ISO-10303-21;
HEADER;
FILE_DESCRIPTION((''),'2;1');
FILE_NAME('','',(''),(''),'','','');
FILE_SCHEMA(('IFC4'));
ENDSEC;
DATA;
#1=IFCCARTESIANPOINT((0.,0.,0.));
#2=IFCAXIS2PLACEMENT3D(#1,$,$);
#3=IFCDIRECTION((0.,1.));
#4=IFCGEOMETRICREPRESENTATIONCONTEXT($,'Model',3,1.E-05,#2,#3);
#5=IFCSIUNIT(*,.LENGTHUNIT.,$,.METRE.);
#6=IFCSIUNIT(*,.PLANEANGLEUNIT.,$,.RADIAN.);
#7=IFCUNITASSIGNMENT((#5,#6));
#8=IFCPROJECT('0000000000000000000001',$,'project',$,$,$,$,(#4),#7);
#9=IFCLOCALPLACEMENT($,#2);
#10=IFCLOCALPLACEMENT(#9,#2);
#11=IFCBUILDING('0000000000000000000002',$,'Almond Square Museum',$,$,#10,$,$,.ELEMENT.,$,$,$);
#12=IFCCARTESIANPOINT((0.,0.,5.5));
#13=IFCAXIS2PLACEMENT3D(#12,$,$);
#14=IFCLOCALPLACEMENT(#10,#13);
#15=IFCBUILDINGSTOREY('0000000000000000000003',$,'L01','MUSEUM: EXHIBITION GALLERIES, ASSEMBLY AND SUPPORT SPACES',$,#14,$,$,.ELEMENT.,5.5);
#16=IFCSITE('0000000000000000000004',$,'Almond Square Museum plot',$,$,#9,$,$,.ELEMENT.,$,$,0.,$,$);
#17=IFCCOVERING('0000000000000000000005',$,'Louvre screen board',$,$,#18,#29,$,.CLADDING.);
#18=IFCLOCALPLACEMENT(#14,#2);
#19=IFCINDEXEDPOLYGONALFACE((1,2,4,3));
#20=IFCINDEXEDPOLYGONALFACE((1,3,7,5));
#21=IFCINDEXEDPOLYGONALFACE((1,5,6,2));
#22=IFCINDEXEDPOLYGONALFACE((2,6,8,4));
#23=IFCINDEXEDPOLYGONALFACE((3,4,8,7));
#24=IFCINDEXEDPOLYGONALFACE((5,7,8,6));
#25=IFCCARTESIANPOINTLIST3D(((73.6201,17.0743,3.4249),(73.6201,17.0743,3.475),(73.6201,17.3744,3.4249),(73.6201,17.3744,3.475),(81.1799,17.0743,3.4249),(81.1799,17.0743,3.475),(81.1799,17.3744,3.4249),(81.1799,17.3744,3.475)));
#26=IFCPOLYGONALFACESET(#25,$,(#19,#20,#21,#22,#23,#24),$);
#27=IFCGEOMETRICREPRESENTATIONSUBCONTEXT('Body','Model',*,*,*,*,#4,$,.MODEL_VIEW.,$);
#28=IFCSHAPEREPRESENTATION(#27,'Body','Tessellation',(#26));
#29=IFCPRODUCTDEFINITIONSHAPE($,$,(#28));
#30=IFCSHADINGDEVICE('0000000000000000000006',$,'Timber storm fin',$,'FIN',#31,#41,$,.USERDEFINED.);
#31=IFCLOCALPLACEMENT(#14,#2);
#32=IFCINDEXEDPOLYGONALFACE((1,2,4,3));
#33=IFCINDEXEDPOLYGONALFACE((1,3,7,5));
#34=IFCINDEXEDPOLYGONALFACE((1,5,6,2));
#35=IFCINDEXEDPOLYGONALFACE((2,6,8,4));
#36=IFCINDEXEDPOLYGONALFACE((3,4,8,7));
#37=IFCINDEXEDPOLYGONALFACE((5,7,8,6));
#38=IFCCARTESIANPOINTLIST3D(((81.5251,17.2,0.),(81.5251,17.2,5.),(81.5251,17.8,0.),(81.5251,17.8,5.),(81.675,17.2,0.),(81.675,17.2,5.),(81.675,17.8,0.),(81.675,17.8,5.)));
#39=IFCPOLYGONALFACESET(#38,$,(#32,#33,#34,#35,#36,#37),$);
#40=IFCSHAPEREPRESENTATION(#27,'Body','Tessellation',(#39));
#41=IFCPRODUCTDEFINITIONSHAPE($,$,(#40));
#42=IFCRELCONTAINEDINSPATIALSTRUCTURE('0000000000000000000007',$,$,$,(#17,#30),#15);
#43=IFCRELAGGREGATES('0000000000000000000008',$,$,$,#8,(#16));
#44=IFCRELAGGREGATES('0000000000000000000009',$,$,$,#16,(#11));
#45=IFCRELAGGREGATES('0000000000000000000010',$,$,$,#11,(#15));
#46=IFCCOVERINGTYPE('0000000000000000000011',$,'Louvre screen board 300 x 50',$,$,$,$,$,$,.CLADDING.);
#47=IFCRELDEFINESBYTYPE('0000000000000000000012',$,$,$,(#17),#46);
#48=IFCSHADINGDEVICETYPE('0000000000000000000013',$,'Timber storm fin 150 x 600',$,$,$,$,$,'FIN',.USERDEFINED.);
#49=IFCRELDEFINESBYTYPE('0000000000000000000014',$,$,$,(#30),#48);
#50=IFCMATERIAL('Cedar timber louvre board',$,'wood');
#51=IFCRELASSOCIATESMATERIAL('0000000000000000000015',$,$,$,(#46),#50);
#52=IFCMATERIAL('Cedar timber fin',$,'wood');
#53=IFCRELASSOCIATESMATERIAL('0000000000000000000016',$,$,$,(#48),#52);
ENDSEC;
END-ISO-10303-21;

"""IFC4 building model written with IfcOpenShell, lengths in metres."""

from ifc_helpers import new_model, si_unit, direction, frame, origin, origin_2d, place, context, subcontext, project, spatial, rectangle, extrude, material, material_profile, profile_set, type_object, element, save


model = new_model("IFC4")

# Units and contexts
model_context = context("Model", 3, precision=1e-05, world=origin(), true_north=direction((0.0, 1.0)))
body_context = subcontext(model_context, "Body", "Model", "MODEL_VIEW")
ifc_project = project(units=[si_unit("LENGTHUNIT", "METRE"), si_unit("PLANEANGLEUNIT", "RADIAN")], contexts=[model_context])

# Site, building, storey
site_placement = place(None, origin())
site = spatial("IfcSite", under=ifc_project, at=site_placement, Name="Almond Square Museum plot", CompositionType="ELEMENT", RefElevation=0.0)
building_placement = place(site_placement, origin())
building = spatial("IfcBuilding", under=site, at=building_placement, Name="Almond Square Museum", CompositionType="ELEMENT")
storey_placement = place(building_placement, frame((0.0, 0.0, 5.5)))
storey = spatial("IfcBuildingStorey", under=building, at=storey_placement, Name="L01", Description="MUSEUM: EXHIBITION GALLERIES, ASSEMBLY AND SUPPORT SPACES", CompositionType="ELEMENT", Elevation=5.5)

# Covering
ifc_material_1 = material(Name="Cedar timber louvre board", Category="wood")
ifc_material_profile_1 = material_profile(ifc_material_1, rectangle(XDim=0.3, YDim=0.05, at=origin_2d()))
ifc_profile_set_1 = profile_set([ifc_material_profile_1], Name="Cedar timber louvre board")
covering_type = type_object("IfcCoveringType", Name="Louvre screen board 300 x 50", PredefinedType="CLADDING", material=ifc_profile_set_1)
for number, where, z_axis, x_axis, name in (
    (1, (73.6201, 17.2244, 3.45), (1.0, 0.0, 0.0), (0.0, 1.0, 0.0), "Louvre screen board"),
):
    element("IfcCovering", number, at=place(storey_placement, frame(where, z_axis=z_axis, x_axis=x_axis)), inside=storey, type_object=covering_type, Name=name, PredefinedType="CLADDING", context=body_context, shape_type="SweptSolid", body=[
        extrude(rectangle(XDim=0.3, YDim=0.05, at=origin_2d()), origin(), (0.0, 0.0, 1.0), 7.5598),
    ])

# Shading device
ifc_material_2 = material(Name="Cedar timber fin", Category="wood")
shading_device_type_1 = type_object("IfcShadingDeviceType", Name="Timber storm fin 150 x 600", ElementType="FIN", PredefinedType="USERDEFINED", material=ifc_material_2)
shading_device_placement = place(storey_placement, frame((81.6001, 17.5, 0.0), z_axis=(0.0, 0.0, 1.0), x_axis=(1.0, 0.0, 0.0)))
element("IfcShadingDevice", 2, at=shading_device_placement, inside=storey, type_object=shading_device_type_1, Name="Timber storm fin", ObjectType="FIN", PredefinedType="USERDEFINED", context=body_context, shape_type="SweptSolid", body=[
    extrude(rectangle(XDim=0.1499, YDim=0.6001, at=origin_2d()), origin(), (0.0, 0.0, 1.0), 5.0),
])

save(model, "model.ifc")
